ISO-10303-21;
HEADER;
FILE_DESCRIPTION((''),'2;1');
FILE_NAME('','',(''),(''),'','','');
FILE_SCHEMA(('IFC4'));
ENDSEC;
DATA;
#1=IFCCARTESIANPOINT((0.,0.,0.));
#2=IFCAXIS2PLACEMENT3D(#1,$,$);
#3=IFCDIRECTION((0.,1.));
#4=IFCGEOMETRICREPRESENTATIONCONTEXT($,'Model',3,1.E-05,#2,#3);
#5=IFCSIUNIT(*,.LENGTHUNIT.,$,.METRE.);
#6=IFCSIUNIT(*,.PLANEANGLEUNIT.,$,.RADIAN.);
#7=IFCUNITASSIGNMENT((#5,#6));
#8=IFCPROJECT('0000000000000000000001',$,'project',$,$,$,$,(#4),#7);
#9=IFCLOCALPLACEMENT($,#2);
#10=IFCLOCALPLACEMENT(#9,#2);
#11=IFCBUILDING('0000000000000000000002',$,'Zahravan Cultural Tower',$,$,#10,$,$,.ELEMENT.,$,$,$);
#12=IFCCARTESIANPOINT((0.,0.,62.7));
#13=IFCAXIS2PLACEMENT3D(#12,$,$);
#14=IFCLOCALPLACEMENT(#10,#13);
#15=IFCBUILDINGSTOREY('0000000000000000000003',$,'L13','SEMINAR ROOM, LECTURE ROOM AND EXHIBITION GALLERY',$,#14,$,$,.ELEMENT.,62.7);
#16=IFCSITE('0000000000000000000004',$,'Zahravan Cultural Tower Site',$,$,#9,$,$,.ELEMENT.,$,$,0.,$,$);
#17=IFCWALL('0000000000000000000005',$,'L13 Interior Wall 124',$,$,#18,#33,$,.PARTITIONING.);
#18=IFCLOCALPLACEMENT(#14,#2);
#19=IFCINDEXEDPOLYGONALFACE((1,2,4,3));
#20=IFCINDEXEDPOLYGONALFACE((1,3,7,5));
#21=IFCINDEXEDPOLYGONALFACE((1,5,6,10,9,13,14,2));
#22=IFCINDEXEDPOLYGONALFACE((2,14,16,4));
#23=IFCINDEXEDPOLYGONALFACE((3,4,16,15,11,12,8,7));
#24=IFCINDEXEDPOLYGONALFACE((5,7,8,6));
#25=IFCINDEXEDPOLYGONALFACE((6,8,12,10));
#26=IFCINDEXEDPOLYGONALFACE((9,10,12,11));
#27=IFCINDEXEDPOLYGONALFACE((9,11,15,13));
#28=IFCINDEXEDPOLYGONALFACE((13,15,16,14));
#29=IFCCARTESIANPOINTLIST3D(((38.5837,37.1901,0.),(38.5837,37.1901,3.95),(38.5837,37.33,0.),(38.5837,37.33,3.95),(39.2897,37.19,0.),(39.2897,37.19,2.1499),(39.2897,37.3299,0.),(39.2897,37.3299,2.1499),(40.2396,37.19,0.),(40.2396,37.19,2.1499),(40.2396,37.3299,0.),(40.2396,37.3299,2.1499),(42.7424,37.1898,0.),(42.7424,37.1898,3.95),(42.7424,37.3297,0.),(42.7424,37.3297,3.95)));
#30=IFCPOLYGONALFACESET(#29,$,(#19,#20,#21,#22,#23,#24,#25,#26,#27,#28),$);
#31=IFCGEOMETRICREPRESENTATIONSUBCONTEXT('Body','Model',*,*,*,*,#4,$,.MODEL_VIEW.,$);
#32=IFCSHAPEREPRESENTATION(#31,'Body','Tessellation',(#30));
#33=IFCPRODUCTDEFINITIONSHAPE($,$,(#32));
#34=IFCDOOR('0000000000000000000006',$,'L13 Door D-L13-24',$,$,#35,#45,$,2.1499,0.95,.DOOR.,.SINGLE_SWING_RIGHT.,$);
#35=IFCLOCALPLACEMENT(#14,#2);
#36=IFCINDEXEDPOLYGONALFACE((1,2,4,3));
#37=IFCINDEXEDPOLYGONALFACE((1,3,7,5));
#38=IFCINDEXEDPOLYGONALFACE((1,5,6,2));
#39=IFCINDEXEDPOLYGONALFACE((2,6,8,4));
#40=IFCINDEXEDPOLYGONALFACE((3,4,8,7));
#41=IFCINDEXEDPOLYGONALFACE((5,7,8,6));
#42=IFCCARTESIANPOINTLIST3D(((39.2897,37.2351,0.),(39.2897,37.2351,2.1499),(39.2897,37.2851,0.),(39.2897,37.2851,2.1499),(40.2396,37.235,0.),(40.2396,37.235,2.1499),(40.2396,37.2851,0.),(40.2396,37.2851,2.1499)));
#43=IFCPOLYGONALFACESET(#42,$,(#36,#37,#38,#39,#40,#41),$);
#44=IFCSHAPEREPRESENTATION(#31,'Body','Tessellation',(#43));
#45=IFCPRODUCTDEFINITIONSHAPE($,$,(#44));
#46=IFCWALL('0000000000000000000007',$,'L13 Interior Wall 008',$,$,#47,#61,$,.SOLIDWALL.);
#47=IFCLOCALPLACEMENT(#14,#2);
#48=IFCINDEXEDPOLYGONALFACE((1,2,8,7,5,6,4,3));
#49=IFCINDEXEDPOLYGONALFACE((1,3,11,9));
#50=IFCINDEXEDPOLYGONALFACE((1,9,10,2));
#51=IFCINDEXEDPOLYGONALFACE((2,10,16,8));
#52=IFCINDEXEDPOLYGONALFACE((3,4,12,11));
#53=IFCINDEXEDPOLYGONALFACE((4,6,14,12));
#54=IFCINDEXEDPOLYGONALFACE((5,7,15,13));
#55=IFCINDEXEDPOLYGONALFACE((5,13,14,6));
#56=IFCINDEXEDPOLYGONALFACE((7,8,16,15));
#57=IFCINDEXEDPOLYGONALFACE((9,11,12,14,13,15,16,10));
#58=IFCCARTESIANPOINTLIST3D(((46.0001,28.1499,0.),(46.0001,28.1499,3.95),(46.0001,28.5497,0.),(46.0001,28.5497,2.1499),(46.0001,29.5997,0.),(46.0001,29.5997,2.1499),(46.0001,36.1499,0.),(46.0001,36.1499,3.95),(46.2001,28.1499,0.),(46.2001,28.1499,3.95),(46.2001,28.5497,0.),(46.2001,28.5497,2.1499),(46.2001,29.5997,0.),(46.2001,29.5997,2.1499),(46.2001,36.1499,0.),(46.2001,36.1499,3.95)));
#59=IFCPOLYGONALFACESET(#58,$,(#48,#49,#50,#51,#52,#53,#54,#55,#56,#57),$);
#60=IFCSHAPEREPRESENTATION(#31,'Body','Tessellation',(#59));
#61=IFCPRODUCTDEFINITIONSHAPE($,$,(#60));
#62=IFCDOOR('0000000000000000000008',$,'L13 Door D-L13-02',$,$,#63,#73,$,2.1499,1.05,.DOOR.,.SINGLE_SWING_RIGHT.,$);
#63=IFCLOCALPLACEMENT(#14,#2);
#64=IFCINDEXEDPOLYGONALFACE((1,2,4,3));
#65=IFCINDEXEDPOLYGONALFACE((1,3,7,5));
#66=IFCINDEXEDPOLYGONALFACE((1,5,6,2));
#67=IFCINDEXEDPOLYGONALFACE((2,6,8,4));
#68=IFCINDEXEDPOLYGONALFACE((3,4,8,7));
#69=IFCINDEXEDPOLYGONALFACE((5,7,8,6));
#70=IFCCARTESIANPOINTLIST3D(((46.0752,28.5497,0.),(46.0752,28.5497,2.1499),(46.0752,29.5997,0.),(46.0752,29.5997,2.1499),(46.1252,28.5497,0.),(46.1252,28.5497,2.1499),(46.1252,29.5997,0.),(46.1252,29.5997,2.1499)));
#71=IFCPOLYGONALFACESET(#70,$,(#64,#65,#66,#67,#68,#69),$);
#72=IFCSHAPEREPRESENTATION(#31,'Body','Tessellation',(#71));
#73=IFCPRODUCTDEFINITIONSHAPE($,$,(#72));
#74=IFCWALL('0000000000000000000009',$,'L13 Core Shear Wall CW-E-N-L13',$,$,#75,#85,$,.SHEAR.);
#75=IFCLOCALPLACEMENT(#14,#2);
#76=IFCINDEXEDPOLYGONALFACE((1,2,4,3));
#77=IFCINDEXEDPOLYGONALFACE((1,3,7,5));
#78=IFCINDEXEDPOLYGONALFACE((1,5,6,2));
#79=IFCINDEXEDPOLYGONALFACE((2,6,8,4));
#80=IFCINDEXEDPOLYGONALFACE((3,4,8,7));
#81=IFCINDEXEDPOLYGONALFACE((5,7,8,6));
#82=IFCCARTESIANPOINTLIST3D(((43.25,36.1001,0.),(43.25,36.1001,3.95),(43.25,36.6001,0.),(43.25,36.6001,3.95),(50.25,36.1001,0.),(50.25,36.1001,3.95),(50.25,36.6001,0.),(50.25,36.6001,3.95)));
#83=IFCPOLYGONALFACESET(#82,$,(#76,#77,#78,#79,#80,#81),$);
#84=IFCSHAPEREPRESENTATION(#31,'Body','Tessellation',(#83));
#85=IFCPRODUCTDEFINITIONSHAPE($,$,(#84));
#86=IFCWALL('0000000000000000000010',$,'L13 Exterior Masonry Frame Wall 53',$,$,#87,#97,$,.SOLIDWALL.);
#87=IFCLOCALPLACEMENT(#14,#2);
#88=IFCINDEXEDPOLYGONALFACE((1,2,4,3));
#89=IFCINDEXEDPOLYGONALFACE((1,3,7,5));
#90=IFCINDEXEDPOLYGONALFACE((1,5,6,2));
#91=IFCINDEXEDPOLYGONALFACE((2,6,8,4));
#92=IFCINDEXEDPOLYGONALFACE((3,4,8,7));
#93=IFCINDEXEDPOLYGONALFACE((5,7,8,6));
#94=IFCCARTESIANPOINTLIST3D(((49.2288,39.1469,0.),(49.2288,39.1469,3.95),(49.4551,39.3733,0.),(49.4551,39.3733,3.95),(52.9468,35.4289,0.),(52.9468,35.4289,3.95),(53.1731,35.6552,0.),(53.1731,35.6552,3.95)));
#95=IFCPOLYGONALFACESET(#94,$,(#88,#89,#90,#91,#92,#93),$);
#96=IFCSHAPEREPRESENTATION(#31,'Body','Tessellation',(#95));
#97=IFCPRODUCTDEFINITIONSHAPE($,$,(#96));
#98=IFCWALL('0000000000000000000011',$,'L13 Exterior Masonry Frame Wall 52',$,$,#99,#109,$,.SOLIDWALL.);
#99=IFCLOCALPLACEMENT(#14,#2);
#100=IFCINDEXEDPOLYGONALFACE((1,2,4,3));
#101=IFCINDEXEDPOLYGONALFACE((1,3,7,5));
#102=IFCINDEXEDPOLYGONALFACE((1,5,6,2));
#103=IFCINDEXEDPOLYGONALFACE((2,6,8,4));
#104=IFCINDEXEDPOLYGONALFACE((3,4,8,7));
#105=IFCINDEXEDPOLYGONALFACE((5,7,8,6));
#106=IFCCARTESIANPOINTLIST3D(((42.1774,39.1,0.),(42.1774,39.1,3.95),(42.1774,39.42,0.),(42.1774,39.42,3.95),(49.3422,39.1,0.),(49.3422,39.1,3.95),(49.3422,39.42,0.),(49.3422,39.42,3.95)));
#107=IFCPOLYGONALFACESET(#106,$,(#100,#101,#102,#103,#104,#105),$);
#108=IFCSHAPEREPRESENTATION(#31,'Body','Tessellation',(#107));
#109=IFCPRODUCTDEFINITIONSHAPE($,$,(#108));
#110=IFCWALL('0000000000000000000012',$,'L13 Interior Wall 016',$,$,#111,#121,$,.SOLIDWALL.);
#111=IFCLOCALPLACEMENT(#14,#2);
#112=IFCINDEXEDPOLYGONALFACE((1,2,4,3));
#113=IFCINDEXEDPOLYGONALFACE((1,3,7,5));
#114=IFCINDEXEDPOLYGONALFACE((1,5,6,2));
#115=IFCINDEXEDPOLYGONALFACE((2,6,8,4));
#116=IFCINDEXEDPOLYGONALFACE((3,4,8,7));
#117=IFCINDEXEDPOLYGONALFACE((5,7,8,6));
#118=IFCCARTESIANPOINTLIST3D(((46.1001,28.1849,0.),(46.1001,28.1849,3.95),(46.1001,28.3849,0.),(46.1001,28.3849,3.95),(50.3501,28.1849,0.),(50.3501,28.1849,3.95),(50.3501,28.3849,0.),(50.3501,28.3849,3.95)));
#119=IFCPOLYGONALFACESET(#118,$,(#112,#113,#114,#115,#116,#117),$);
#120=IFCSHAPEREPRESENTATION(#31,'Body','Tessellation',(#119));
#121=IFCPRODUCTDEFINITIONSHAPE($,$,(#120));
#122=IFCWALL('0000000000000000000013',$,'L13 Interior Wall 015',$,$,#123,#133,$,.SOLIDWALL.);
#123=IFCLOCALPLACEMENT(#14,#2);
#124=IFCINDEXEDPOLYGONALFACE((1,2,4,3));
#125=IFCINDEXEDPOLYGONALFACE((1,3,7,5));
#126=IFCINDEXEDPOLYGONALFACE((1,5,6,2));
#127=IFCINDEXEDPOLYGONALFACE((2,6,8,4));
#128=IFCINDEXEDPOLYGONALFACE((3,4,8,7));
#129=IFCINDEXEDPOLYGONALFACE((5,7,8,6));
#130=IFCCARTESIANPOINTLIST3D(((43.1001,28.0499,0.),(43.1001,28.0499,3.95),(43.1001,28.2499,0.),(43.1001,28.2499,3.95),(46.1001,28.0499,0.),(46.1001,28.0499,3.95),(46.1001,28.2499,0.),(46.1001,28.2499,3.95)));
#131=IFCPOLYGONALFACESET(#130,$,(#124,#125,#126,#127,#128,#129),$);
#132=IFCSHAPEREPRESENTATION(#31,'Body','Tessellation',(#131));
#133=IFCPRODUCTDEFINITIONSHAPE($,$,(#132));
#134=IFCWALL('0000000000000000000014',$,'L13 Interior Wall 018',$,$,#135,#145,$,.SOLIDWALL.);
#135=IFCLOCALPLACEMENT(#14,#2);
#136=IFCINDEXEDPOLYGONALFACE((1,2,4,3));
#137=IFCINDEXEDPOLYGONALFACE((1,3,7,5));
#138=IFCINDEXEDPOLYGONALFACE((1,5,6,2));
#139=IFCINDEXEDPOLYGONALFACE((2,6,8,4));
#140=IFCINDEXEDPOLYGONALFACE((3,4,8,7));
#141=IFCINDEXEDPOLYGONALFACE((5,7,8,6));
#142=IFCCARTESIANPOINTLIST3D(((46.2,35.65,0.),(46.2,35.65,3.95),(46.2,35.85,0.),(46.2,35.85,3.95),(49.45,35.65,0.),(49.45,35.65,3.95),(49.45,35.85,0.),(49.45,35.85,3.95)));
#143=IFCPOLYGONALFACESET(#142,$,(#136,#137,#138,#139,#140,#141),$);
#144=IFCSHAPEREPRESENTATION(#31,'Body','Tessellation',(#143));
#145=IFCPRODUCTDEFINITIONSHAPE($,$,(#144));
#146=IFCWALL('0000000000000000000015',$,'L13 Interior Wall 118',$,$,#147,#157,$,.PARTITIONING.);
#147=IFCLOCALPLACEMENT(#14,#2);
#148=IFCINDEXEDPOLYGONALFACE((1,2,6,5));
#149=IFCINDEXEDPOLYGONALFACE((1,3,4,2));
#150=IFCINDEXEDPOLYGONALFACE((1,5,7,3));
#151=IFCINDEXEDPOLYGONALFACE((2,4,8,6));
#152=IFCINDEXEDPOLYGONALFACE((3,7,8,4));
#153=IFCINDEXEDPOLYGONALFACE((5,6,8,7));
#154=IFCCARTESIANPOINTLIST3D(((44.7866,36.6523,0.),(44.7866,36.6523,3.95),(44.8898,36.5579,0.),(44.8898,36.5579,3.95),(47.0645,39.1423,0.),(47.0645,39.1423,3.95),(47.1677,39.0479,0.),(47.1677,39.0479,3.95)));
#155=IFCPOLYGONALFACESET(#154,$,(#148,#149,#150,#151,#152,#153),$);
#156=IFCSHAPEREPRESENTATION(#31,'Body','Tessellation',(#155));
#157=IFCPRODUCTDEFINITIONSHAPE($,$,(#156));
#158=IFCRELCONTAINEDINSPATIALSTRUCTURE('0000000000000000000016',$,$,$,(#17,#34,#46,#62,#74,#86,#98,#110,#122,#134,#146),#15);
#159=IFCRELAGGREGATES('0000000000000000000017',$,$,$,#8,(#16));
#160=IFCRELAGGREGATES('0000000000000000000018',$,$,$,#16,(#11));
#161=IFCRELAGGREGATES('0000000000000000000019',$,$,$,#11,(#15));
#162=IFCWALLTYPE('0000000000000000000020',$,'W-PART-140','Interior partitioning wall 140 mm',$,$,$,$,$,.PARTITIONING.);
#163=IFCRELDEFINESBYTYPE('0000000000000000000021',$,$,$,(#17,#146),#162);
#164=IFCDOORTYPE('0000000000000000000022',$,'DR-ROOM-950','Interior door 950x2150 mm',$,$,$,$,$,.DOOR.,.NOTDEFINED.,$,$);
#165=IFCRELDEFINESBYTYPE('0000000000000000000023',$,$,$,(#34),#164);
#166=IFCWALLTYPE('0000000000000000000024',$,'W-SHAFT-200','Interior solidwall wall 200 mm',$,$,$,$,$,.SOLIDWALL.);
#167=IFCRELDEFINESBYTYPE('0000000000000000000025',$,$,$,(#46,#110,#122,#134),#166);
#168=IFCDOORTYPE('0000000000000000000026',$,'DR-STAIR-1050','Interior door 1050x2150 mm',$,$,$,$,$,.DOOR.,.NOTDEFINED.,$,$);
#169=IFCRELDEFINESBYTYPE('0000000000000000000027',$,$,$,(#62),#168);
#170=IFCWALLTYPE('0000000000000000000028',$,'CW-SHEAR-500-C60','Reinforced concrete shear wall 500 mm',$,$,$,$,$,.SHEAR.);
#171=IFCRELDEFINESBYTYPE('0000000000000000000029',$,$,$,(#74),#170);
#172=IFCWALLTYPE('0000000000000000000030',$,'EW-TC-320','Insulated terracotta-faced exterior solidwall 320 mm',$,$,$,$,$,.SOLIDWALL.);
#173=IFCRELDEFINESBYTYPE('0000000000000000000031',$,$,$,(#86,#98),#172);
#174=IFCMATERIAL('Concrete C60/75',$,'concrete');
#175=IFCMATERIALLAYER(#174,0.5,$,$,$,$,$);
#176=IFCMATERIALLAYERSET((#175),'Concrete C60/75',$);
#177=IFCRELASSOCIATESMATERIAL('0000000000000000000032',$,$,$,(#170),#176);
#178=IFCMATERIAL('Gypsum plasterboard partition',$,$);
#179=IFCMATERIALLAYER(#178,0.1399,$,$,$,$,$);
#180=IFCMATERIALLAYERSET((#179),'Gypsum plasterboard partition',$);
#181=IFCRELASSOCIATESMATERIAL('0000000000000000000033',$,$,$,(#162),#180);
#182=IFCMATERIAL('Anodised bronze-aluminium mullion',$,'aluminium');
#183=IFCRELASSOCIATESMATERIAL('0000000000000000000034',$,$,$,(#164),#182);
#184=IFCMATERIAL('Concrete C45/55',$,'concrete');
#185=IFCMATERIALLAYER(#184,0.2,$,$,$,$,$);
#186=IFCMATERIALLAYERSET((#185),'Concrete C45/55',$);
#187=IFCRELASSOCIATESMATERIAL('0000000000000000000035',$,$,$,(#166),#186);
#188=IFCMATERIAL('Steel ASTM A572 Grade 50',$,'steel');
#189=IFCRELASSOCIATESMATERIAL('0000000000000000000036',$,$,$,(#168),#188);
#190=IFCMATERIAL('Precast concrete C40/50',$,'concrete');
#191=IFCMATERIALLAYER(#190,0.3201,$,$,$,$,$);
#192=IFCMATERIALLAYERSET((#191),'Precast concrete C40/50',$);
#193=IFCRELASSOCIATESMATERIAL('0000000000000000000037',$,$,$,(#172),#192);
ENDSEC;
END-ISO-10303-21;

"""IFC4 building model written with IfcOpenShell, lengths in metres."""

from ifc_helpers import new_model, si_unit, direction, frame, frame_2d, origin, place, context, subcontext, project, spatial, rectangle, extrude, source, transform, mapped, material, layer, layer_set, type_object, element, fill, save


model = new_model("IFC4")

# Units and contexts
model_context = context("Model", 3, precision=1e-05, world=origin(), true_north=direction((0.0, 1.0)))
body_context = subcontext(model_context, "Body", "Model", "MODEL_VIEW")
ifc_project = project(units=[si_unit("LENGTHUNIT", "METRE"), si_unit("PLANEANGLEUNIT", "RADIAN")], contexts=[model_context])

# Site, building, storey
site_placement = place(None, origin())
site = spatial("IfcSite", under=ifc_project, at=site_placement, Name="Zahravan Cultural Tower Site", CompositionType="ELEMENT", RefElevation=0.0)
building_placement = place(site_placement, origin())
building = spatial("IfcBuilding", under=site, at=building_placement, Name="Zahravan Cultural Tower", CompositionType="ELEMENT")
storey_placement = place(building_placement, frame((0.0, 0.0, 62.7)))
storey = spatial("IfcBuildingStorey", under=building, at=storey_placement, Name="L13", Description="SEMINAR ROOM, LECTURE ROOM AND EXHIBITION GALLERY", CompositionType="ELEMENT", Elevation=62.7)

# Shared definitions
ifc_material_1 = material(Name="Concrete C60/75", Category="concrete")

# Walls, openings, doors
ifc_layer_1 = layer(ifc_material_1, 0.5)
ifc_layer_set_1 = layer_set([ifc_layer_1], Name="Concrete C60/75")
wall_type_1 = type_object("IfcWallType", Name="CW-SHEAR-500-C60", Description="Reinforced concrete shear wall 500 mm", PredefinedType="SHEAR", material=ifc_layer_set_1)
ifc_material_2 = material(Name="Steel ASTM A572 Grade 50", Category="steel")
ifc_material_3 = material(Name="Gypsum plasterboard partition")
ifc_layer_2 = layer(ifc_material_3, 0.1399)
ifc_layer_set_2 = layer_set([ifc_layer_2], Name="Gypsum plasterboard partition")
wall_type_2 = type_object("IfcWallType", Name="W-PART-140", Description="Interior partitioning wall 140 mm", PredefinedType="PARTITIONING", material=ifc_layer_set_2)
wall_1_placement = place(storey_placement, frame((42.7424, 37.2598, 0.0), z_axis=(0.0, 0.0, 1.0), x_axis=(-1.0, 0.000059, 0.0)))
wall_1 = element("IfcWall", 1, at=wall_1_placement, inside=storey, type_object=wall_type_2, Name="L13 Interior Wall 124", PredefinedType="PARTITIONING", context=body_context, shape_type="SweptSolid", body=[
    extrude(rectangle(XDim=4.1587, YDim=0.1399, at=frame_2d((2.0793, 0.0))), origin(), (0.0, 0.0, 1.0), 3.95),
])
opening_1_placement = place(wall_1_placement, frame((2.5027, 0.0, 0.0)))
opening_1 = element("IfcOpeningElement", 2, at=opening_1_placement, cuts=wall_1, PredefinedType="OPENING", context=body_context, shape_type="SweptSolid", body=[
    extrude(rectangle(XDim=0.95, YDim=2.1499, at=frame_2d((0.4751, 1.075))), frame((0.0, 0.0798, 0.0), z_axis=(0.0, -1.0, 0.0), x_axis=(1.0, 0.0, 0.0)), (0.0, 0.0, 1.0), 0.1599),
])
ifc_material_4 = material(Name="Anodised bronze-aluminium mullion", Category="aluminium")
door_type_1 = type_object("IfcDoorType", Name="DR-ROOM-950", Description="Interior door 950x2150 mm", OperationType="NOTDEFINED", PredefinedType="DOOR", material=ifc_material_4)
shared_shape_1 = source(origin(), body_context, "Body", "SweptSolid", [
    extrude(rectangle(XDim=0.95, YDim=2.1499, at=frame_2d((0.4751, 1.075))), frame((0.0, 0.0249, 0.0), z_axis=(0.0, -1.0, 0.0), x_axis=(1.0, 0.0, 0.0)), (0.0, 0.0, 1.0), 0.05),
])
door_1_placement = place(opening_1_placement, origin())
door_1 = element("IfcDoor", 3, at=door_1_placement, inside=storey, type_object=door_type_1, Name="L13 Door D-L13-24", OperationType="SINGLE_SWING_RIGHT", OverallHeight=2.1499, OverallWidth=0.95, PredefinedType="DOOR", context=body_context, shape_type="MappedRepresentation", body=[
    mapped(shared_shape_1, transform((0.0, 0.0, 0.0), x_axis=(1.0, 0.0, 0.0), y_axis=(0.0, 1.0, 0.0), z_axis=(0.0, 0.0, 1.0), scale=1.0)),
])
fill(opening_1, door_1)
ifc_material_5 = material(Name="Concrete C45/55", Category="concrete")
ifc_layer_3 = layer(ifc_material_5, 0.2)
ifc_layer_set_3 = layer_set([ifc_layer_3], Name="Concrete C45/55")
wall_type_3 = type_object("IfcWallType", Name="W-SHAFT-200", Description="Interior solidwall wall 200 mm", PredefinedType="SOLIDWALL", material=ifc_layer_set_3)
wall_2_placement = place(storey_placement, frame((46.1001, 28.1499, 0.0), z_axis=(0.0, 0.0, 1.0), x_axis=(0.0, 1.0, 0.0)))
wall_2 = element("IfcWall", 4, at=wall_2_placement, inside=storey, type_object=wall_type_3, Name="L13 Interior Wall 008", PredefinedType="SOLIDWALL", context=body_context, shape_type="SweptSolid", body=[
    extrude(rectangle(XDim=8.0, YDim=0.2, at=frame_2d((4.0, 0.0))), origin(), (0.0, 0.0, 1.0), 3.95),
])
opening_2_placement = place(wall_2_placement, frame((0.3999, 0.0, 0.0)))
opening_2 = element("IfcOpeningElement", 5, at=opening_2_placement, cuts=wall_2, PredefinedType="OPENING", context=body_context, shape_type="SweptSolid", body=[
    extrude(rectangle(XDim=1.05, YDim=2.1499, at=frame_2d((0.5249, 1.075))), frame((0.0, 0.1099, 0.0), z_axis=(0.0, -1.0, 0.0), x_axis=(1.0, 0.0, 0.0)), (0.0, 0.0, 1.0), 0.22),
])
door_type_2 = type_object("IfcDoorType", Name="DR-STAIR-1050", Description="Interior door 1050x2150 mm", OperationType="NOTDEFINED", PredefinedType="DOOR", material=ifc_material_2)
shared_shape_2 = source(origin(), body_context, "Body", "SweptSolid", [
    extrude(rectangle(XDim=1.05, YDim=2.1499, at=frame_2d((0.5249, 1.075))), frame((0.0, 0.0249, 0.0), z_axis=(0.0, -1.0, 0.0), x_axis=(1.0, 0.0, 0.0)), (0.0, 0.0, 1.0), 0.05),
])
door_2_placement = place(opening_2_placement, origin())
door_2 = element("IfcDoor", 6, at=door_2_placement, inside=storey, type_object=door_type_2, Name="L13 Door D-L13-02", OperationType="SINGLE_SWING_RIGHT", OverallHeight=2.1499, OverallWidth=1.05, PredefinedType="DOOR", context=body_context, shape_type="MappedRepresentation", body=[
    mapped(shared_shape_2, transform((0.0, 0.0, 0.0), x_axis=(1.0, 0.0, 0.0), y_axis=(0.0, 1.0, 0.0), z_axis=(0.0, 0.0, 1.0), scale=1.0)),
])
fill(opening_2, door_2)

# Walls
shared_shape_3 = source(origin(), body_context, "Body", "SweptSolid", [
    extrude(rectangle(XDim=7.0, YDim=0.5, at=frame_2d((3.5, 0.0))), origin(), (0.0, 0.0, 1.0), 3.95),
])
wall_3_placement = place(storey_placement, frame((43.25, 36.3501, 0.0), z_axis=(0.0, 0.0, 1.0), x_axis=(1.0, 0.0, 0.0)))
element("IfcWall", 7, at=wall_3_placement, inside=storey, type_object=wall_type_1, Name="L13 Core Shear Wall CW-E-N-L13", PredefinedType="SHEAR", context=body_context, shape_type="MappedRepresentation", body=[
    mapped(shared_shape_3, transform((0.0, 0.0, 0.0), x_axis=(1.0, 0.0, 0.0), y_axis=(0.0, 1.0, 0.0), z_axis=(0.0, 0.0, 1.0), scale=1.0)),
])
ifc_material_6 = material(Name="Precast concrete C40/50", Category="concrete")
ifc_layer_4 = layer(ifc_material_6, 0.3201)
ifc_layer_set_4 = layer_set([ifc_layer_4], Name="Precast concrete C40/50")
wall_type_4 = type_object("IfcWallType", Name="EW-TC-320", Description="Insulated terracotta-faced exterior solidwall 320 mm", PredefinedType="SOLIDWALL", material=ifc_layer_set_4)
shared_shape_4 = source(origin(), body_context, "Body", "SweptSolid", [
    extrude(rectangle(XDim=5.2581, YDim=0.3201, at=frame_2d((2.6289, 0.0))), origin(), (0.0, 0.0, 1.0), 3.95),
])
wall_4_placement = place(storey_placement, frame((49.342, 39.26, 0.0), z_axis=(0.0, 0.0, 1.0), x_axis=(0.707107, -0.707107, 0.0)))
element("IfcWall", 8, at=wall_4_placement, inside=storey, type_object=wall_type_4, Name="L13 Exterior Masonry Frame Wall 53", PredefinedType="SOLIDWALL", context=body_context, shape_type="MappedRepresentation", body=[
    mapped(shared_shape_4, transform((0.0, 0.0, 0.0), x_axis=(1.0, 0.0, 0.0), y_axis=(0.0, 1.0, 0.0), z_axis=(0.0, 0.0, 1.0), scale=1.0)),
])
shared_shape_5 = source(origin(), body_context, "Body", "SweptSolid", [
    extrude(rectangle(XDim=7.1648, YDim=0.3201, at=frame_2d((3.5825, 0.0))), origin(), (0.0, 0.0, 1.0), 3.95),
])
wall_5_placement = place(storey_placement, frame((42.1772, 39.26, 0.0), z_axis=(0.0, 0.0, 1.0), x_axis=(1.0, 0.0, 0.0)))
element("IfcWall", 9, at=wall_5_placement, inside=storey, type_object=wall_type_4, Name="L13 Exterior Masonry Frame Wall 52", PredefinedType="SOLIDWALL", context=body_context, shape_type="MappedRepresentation", body=[
    mapped(shared_shape_5, transform((0.0, 0.0, 0.0), x_axis=(1.0, 0.0, 0.0), y_axis=(0.0, 1.0, 0.0), z_axis=(0.0, 0.0, 1.0), scale=1.0)),
])
shared_shape_6 = source(origin(), body_context, "Body", "SweptSolid", [
    extrude(rectangle(XDim=4.25, YDim=0.2, at=frame_2d((2.125, 0.0))), origin(), (0.0, 0.0, 1.0), 3.95),
])
wall_6_placement = place(storey_placement, frame((46.1001, 28.2849, 0.0), z_axis=(0.0, 0.0, 1.0), x_axis=(1.0, 0.0, 0.0)))
element("IfcWall", 10, at=wall_6_placement, inside=storey, type_object=wall_type_3, Name="L13 Interior Wall 016", PredefinedType="SOLIDWALL", context=body_context, shape_type="MappedRepresentation", body=[
    mapped(shared_shape_6, transform((0.0, 0.0, 0.0), x_axis=(1.0, 0.0, 0.0), y_axis=(0.0, 1.0, 0.0), z_axis=(0.0, 0.0, 1.0), scale=1.0)),
])
shared_shape_7 = source(origin(), body_context, "Body", "SweptSolid", [
    extrude(rectangle(XDim=3.0, YDim=0.2, at=frame_2d((1.5, 0.0))), origin(), (0.0, 0.0, 1.0), 3.95),
])
wall_7_placement = place(storey_placement, frame((43.1001, 28.1499, 0.0), z_axis=(0.0, 0.0, 1.0), x_axis=(1.0, 0.0, 0.0)))
element("IfcWall", 11, at=wall_7_placement, inside=storey, type_object=wall_type_3, Name="L13 Interior Wall 015", PredefinedType="SOLIDWALL", context=body_context, shape_type="MappedRepresentation", body=[
    mapped(shared_shape_7, transform((0.0, 0.0, 0.0), x_axis=(1.0, 0.0, 0.0), y_axis=(0.0, 1.0, 0.0), z_axis=(0.0, 0.0, 1.0), scale=1.0)),
])
shared_shape_8 = source(origin(), body_context, "Body", "SweptSolid", [
    extrude(rectangle(XDim=3.25, YDim=0.2, at=frame_2d((1.625, 0.0))), origin(), (0.0, 0.0, 1.0), 3.95),
])
wall_8_placement = place(storey_placement, frame((46.2, 35.75, 0.0), z_axis=(0.0, 0.0, 1.0), x_axis=(1.0, 0.0, 0.0)))
element("IfcWall", 12, at=wall_8_placement, inside=storey, type_object=wall_type_3, Name="L13 Interior Wall 018", PredefinedType="SOLIDWALL", context=body_context, shape_type="MappedRepresentation", body=[
    mapped(shared_shape_8, transform((0.0, 0.0, 0.0), x_axis=(1.0, 0.0, 0.0), y_axis=(0.0, 1.0, 0.0), z_axis=(0.0, 0.0, 1.0), scale=1.0)),
])
shared_shape_9 = source(origin(), body_context, "Body", "SweptSolid", [
    extrude(rectangle(XDim=3.3748, YDim=0.1399, at=frame_2d((1.6875, 0.0))), origin(), (0.0, 0.0, 1.0), 3.95),
])
wall_9_placement = place(storey_placement, frame((44.8381, 36.605, 0.0), z_axis=(0.0, 0.0, 1.0), x_axis=(0.674974, 0.737841, 0.0)))
element("IfcWall", 13, at=wall_9_placement, inside=storey, type_object=wall_type_2, Name="L13 Interior Wall 118", PredefinedType="PARTITIONING", context=body_context, shape_type="MappedRepresentation", body=[
    mapped(shared_shape_9, transform((0.0, 0.0, 0.0), x_axis=(1.0, 0.0, 0.0), y_axis=(0.0, 1.0, 0.0), z_axis=(0.0, 0.0, 1.0), scale=1.0)),
])

save(model, "model.ifc")
